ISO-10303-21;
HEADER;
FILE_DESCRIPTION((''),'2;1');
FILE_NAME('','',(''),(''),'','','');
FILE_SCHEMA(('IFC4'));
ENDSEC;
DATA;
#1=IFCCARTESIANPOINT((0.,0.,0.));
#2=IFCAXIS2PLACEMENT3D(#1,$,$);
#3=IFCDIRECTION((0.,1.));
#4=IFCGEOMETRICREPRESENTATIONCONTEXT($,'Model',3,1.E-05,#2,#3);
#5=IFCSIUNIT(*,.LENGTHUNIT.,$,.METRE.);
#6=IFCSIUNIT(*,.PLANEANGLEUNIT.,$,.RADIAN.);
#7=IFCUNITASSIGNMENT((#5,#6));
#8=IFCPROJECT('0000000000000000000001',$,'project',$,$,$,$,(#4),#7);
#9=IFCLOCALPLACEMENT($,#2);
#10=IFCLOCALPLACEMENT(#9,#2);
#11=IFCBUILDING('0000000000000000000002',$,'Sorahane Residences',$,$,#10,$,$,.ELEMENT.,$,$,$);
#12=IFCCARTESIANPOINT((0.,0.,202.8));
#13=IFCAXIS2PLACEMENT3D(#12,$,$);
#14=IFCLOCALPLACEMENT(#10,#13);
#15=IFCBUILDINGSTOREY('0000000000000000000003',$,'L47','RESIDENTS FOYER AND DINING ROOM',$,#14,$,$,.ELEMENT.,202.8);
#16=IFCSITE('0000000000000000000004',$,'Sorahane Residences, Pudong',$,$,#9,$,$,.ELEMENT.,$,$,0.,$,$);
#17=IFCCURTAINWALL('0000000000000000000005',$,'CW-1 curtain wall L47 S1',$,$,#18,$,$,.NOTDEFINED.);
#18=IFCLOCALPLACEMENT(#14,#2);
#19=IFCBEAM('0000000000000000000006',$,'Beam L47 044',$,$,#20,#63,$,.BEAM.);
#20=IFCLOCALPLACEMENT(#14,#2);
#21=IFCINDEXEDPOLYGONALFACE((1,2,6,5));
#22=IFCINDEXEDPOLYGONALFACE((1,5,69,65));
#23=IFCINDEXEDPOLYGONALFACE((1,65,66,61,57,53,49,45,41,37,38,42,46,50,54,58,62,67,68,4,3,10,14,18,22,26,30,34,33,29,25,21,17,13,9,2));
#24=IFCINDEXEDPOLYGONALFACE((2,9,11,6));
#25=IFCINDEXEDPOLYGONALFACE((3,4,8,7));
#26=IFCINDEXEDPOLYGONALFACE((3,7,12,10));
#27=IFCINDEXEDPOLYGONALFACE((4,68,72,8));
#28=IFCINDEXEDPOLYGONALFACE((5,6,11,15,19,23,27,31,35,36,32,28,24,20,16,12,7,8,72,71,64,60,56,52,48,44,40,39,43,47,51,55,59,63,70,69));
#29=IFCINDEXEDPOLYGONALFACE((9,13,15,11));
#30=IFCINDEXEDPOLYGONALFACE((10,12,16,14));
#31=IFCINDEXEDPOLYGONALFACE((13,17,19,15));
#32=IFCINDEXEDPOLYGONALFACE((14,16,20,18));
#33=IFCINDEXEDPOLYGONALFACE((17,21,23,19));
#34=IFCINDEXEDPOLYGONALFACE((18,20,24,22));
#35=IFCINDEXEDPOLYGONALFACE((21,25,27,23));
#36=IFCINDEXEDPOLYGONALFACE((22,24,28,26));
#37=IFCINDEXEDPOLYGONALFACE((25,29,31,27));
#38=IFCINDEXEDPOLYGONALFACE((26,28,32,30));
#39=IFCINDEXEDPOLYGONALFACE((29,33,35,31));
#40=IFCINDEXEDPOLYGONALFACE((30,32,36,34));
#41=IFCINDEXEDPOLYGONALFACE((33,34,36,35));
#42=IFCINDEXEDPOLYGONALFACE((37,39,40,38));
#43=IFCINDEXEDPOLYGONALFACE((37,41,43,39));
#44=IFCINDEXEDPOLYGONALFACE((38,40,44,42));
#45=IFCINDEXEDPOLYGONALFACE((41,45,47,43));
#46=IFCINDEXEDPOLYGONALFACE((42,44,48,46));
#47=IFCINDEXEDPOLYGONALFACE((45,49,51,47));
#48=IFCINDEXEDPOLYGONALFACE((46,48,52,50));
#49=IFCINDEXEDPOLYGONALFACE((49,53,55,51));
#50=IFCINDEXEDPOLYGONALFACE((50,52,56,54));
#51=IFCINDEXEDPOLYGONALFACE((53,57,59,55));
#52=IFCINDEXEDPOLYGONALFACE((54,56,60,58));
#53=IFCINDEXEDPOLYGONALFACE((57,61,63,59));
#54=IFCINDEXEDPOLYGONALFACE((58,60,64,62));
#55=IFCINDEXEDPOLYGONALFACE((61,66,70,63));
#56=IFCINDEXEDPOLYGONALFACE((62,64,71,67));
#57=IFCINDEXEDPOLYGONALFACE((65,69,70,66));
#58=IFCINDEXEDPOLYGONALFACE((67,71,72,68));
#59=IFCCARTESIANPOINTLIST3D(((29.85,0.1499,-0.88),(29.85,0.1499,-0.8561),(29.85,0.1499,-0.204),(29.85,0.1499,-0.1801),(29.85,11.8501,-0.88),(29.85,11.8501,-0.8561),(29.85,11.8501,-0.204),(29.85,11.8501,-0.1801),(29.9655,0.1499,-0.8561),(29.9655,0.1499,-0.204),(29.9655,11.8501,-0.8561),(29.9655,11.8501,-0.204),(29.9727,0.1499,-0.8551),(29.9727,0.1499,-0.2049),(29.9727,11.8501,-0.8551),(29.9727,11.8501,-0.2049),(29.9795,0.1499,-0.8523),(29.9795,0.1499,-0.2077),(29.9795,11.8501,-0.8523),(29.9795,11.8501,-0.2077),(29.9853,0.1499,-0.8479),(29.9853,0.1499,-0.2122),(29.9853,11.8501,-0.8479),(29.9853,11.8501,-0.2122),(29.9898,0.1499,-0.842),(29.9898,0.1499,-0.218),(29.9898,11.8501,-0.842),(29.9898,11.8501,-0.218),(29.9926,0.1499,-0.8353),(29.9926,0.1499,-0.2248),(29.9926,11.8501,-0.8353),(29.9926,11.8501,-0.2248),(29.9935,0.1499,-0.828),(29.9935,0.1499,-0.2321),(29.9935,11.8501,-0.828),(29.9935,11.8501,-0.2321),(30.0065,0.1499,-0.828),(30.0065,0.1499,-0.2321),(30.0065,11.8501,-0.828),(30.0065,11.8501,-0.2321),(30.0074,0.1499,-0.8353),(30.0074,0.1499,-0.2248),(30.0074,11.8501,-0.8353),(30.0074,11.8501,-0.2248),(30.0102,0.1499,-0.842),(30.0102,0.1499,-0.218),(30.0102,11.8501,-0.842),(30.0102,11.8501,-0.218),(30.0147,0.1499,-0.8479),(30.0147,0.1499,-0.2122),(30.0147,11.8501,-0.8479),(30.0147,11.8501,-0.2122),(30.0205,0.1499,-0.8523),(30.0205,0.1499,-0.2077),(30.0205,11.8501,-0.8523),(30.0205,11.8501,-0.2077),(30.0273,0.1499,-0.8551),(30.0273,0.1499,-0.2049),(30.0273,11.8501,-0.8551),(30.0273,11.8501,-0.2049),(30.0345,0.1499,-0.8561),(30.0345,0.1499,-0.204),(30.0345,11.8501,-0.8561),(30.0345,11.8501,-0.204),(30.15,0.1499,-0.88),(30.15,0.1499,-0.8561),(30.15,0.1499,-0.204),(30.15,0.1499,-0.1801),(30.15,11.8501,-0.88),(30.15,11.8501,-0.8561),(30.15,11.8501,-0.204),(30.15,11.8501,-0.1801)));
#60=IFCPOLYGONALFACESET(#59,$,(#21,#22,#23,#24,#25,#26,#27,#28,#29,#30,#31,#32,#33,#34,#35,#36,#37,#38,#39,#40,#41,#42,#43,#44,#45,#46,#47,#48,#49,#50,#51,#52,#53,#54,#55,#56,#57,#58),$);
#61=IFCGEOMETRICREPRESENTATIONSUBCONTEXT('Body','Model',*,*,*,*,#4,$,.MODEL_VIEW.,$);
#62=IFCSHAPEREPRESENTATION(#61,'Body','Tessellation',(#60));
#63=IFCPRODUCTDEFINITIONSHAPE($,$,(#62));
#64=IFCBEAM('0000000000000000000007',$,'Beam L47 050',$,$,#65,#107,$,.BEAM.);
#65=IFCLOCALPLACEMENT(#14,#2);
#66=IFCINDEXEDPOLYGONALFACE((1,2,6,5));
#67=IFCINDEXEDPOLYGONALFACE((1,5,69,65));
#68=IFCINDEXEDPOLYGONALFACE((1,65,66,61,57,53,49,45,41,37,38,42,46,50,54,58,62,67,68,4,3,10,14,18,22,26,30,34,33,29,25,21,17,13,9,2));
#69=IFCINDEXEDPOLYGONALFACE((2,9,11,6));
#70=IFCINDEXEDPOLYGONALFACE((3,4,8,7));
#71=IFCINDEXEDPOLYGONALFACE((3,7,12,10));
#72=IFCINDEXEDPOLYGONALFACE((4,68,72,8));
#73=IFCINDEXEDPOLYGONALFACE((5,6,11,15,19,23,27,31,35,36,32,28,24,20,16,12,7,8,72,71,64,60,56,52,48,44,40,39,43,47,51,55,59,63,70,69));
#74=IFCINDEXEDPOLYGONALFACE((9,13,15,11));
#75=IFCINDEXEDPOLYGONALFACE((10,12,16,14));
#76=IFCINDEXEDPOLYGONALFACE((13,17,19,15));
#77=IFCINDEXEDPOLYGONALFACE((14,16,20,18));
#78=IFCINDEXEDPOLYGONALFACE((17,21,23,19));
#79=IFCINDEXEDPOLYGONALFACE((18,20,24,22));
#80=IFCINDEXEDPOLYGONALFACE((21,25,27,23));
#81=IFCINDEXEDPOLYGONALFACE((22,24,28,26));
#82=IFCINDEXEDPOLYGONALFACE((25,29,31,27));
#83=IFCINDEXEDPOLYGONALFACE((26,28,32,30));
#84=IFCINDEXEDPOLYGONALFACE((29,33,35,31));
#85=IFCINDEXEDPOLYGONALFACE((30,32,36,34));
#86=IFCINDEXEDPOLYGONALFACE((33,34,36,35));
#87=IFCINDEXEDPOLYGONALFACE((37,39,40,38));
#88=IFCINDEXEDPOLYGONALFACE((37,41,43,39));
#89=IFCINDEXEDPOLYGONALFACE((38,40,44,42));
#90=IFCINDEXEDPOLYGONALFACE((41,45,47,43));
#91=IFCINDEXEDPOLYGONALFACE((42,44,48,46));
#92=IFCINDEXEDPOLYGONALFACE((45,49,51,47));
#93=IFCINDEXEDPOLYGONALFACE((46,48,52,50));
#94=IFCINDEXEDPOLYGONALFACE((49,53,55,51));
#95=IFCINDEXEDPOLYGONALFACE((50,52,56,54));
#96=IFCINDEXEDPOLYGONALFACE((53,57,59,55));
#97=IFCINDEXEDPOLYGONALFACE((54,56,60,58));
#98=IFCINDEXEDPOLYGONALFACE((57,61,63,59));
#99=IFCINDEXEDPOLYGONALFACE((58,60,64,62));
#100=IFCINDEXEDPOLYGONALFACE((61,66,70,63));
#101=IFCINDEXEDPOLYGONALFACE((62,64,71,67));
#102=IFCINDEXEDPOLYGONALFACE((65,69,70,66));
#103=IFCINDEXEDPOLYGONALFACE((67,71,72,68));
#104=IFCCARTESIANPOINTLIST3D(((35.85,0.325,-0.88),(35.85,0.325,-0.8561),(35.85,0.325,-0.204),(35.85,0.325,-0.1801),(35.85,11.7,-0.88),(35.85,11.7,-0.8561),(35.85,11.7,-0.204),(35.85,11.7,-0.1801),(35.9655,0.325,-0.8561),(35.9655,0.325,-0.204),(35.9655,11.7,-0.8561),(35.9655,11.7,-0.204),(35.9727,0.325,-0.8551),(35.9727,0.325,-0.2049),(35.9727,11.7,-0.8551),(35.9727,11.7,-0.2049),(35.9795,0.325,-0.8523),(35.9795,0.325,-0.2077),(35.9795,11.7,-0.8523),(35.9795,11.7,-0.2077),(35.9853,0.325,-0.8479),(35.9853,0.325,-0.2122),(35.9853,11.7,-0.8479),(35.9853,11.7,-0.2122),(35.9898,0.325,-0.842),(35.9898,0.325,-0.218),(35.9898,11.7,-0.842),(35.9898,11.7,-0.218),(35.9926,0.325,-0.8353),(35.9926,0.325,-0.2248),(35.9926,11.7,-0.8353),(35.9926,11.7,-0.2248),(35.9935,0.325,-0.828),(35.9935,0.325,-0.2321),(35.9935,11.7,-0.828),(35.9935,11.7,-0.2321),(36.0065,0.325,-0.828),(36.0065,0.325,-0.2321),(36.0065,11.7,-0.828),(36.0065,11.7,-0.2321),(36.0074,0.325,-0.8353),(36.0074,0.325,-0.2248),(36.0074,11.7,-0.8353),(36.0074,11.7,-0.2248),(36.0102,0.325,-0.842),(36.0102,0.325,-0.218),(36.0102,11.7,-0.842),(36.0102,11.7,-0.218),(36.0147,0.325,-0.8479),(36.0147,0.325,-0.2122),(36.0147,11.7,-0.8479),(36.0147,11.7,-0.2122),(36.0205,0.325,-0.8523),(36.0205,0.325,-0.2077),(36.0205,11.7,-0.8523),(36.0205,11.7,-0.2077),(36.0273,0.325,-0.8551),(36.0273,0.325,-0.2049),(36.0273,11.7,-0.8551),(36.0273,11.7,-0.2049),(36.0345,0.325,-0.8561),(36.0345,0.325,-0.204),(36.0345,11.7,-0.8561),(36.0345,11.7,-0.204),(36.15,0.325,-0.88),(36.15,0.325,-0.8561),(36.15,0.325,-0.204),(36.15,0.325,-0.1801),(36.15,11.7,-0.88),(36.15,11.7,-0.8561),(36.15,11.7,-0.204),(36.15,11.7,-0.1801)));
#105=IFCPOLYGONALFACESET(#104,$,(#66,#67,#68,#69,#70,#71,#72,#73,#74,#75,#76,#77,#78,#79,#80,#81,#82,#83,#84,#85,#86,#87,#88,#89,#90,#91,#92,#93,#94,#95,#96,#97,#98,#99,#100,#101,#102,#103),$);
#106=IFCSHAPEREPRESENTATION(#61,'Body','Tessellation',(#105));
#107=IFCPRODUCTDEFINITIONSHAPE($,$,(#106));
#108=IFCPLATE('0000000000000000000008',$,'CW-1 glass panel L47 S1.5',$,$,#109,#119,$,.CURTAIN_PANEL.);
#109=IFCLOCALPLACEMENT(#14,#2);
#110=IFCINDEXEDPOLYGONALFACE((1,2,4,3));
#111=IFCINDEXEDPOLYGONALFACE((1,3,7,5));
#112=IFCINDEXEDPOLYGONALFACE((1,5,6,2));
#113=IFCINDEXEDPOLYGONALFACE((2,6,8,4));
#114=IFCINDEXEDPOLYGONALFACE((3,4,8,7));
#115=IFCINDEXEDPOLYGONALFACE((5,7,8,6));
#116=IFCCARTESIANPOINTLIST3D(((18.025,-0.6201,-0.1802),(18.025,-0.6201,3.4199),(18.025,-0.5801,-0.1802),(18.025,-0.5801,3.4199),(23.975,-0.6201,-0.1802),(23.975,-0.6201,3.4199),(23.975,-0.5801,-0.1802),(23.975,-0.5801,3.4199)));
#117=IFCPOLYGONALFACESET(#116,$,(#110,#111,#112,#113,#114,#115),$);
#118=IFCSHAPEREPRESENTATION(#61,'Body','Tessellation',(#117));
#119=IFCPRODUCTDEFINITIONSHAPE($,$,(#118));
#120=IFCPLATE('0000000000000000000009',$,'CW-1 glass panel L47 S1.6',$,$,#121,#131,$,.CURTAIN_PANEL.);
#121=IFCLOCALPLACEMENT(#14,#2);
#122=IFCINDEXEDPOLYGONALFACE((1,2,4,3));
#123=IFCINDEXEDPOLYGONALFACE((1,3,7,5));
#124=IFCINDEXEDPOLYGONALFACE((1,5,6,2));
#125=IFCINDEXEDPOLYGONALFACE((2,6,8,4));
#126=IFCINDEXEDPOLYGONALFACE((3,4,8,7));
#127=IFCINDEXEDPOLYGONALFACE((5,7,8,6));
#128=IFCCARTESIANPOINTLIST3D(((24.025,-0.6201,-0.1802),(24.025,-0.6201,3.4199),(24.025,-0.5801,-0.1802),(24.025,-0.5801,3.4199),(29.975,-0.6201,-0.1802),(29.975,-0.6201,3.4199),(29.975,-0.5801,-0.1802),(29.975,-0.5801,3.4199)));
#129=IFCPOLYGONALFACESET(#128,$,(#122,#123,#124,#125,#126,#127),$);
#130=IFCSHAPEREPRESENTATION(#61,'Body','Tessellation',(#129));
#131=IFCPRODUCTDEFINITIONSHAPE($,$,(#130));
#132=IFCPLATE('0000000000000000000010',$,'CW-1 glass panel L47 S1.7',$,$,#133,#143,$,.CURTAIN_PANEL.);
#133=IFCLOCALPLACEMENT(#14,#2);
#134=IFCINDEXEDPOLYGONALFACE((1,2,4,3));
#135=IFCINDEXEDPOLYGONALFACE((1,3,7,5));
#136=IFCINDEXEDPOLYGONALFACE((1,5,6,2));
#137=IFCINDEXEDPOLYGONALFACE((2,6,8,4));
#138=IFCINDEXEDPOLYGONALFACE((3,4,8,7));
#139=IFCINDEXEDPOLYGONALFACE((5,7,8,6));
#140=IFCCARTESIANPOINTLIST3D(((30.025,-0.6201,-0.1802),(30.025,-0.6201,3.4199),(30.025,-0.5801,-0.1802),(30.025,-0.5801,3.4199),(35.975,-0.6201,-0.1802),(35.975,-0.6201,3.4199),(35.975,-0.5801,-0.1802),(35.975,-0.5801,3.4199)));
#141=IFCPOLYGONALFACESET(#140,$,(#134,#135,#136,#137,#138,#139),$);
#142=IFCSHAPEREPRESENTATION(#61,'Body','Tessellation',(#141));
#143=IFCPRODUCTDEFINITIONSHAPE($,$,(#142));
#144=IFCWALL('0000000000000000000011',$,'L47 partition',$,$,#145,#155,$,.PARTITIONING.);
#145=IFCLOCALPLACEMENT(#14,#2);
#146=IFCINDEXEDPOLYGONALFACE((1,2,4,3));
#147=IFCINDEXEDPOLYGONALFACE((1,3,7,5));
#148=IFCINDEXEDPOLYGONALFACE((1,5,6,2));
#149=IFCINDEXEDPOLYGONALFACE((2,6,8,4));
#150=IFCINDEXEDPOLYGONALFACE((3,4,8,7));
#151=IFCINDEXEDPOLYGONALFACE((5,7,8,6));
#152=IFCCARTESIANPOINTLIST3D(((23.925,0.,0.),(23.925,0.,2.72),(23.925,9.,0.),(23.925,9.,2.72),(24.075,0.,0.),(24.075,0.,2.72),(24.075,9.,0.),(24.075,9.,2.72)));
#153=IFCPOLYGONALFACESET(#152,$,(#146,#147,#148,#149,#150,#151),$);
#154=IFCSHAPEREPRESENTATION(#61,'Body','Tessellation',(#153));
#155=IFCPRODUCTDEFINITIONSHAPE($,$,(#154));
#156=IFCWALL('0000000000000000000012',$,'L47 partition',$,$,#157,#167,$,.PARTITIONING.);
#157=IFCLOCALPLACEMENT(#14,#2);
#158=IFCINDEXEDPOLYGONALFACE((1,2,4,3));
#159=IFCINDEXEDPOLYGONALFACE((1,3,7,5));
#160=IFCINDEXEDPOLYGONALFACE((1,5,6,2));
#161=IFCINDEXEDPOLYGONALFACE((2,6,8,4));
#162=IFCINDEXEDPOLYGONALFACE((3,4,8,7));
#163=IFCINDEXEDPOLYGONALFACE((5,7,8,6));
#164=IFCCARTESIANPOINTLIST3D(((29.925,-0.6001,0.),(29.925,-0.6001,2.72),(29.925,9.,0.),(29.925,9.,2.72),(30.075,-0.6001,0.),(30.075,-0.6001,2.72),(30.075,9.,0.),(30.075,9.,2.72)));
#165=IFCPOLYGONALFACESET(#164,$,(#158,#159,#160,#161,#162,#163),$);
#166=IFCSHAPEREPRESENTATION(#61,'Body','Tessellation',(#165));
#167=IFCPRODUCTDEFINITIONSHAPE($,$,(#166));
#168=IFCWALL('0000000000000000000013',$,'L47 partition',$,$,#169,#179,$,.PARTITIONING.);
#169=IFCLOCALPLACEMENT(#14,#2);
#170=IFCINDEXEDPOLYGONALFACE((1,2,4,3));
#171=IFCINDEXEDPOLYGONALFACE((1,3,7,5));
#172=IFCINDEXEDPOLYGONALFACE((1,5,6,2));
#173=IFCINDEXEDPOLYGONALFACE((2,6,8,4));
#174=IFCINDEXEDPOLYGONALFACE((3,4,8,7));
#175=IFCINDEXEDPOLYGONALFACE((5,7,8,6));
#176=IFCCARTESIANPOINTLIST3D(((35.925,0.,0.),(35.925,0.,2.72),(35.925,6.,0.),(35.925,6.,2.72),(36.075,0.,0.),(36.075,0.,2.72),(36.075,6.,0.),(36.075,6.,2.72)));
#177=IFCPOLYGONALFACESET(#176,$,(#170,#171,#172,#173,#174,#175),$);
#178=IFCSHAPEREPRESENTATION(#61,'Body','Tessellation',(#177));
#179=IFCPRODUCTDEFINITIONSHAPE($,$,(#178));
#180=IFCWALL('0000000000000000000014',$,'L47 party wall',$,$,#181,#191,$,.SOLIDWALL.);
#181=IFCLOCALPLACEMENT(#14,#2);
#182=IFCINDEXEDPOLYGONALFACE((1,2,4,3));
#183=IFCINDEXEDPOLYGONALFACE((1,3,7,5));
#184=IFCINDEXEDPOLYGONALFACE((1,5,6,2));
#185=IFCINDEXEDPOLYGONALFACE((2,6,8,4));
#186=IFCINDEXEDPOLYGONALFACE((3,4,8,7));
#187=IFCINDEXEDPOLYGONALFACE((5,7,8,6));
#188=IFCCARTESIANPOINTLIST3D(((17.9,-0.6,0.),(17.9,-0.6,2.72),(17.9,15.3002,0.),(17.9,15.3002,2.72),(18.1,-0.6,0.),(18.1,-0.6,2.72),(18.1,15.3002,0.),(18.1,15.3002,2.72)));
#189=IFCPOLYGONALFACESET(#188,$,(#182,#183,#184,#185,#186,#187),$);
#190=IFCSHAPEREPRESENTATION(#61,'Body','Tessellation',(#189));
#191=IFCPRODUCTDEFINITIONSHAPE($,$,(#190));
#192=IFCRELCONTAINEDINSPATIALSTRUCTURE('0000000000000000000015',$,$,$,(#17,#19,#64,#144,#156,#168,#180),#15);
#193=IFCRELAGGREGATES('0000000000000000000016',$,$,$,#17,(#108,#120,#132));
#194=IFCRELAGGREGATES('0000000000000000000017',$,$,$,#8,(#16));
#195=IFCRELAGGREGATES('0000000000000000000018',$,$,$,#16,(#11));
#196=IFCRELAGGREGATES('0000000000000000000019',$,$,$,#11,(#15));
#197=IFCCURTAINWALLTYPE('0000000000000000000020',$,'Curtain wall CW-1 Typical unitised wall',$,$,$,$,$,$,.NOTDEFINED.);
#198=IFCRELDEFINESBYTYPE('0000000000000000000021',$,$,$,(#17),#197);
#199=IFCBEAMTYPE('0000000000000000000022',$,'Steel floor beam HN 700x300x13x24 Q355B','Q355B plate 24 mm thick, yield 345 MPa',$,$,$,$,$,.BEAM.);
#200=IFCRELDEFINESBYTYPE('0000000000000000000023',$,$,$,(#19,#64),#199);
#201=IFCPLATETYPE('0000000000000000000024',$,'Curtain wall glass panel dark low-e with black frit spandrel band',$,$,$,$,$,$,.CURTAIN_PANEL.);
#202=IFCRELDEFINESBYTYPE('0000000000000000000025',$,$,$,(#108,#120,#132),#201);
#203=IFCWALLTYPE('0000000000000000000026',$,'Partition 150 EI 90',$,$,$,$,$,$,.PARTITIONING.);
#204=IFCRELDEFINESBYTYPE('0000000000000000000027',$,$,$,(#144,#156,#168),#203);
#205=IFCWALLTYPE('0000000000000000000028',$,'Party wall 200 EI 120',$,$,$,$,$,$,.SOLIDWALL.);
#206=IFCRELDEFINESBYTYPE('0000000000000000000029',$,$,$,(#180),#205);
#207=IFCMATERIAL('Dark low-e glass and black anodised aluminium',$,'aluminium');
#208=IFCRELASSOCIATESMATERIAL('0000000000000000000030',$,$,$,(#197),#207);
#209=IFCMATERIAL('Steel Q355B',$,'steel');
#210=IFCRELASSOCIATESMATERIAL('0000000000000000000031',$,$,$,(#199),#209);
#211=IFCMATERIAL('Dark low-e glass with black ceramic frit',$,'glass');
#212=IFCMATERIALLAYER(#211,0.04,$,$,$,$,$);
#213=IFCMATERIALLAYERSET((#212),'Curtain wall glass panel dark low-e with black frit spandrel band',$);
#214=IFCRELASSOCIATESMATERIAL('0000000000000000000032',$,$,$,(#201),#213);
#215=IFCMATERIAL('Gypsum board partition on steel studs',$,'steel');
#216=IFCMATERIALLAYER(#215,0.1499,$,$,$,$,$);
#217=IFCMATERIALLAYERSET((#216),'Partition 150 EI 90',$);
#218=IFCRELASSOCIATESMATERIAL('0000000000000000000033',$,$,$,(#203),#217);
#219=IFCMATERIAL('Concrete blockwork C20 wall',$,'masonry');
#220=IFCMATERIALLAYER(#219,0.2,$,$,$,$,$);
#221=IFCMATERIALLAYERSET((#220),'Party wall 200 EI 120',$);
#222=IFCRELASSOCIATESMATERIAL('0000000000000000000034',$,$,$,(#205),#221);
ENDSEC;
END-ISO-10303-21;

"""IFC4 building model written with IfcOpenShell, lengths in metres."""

from ifc_helpers import new_model, si_unit, direction, frame, frame_2d, origin, origin_2d, place, context, subcontext, project, spatial, rectangle, i_section, extrude, material, layer, layer_set, material_profile, profile_set, type_object, element, aggregate, save


model = new_model("IFC4")

# Units and contexts
model_context = context("Model", 3, precision=1e-05, world=origin(), true_north=direction((0.0, 1.0)))
body_context = subcontext(model_context, "Body", "Model", "MODEL_VIEW")
ifc_project = project(units=[si_unit("LENGTHUNIT", "METRE"), si_unit("PLANEANGLEUNIT", "RADIAN")], contexts=[model_context])

# Site, building, storey
site_placement = place(None, origin())
site = spatial("IfcSite", under=ifc_project, at=site_placement, Name="Sorahane Residences, Pudong", CompositionType="ELEMENT", RefElevation=0.0)
building_placement = place(site_placement, origin())
building = spatial("IfcBuilding", under=site, at=building_placement, Name="Sorahane Residences", CompositionType="ELEMENT")
storey_placement = place(building_placement, frame((0.0, 0.0, 202.8)))
storey = spatial("IfcBuildingStorey", under=building, at=storey_placement, Name="L47", Description="RESIDENTS FOYER AND DINING ROOM", CompositionType="ELEMENT", Elevation=202.8)

# Curtain wall
ifc_material_1 = material(Name="Dark low-e glass and black anodised aluminium", Category="aluminium")
curtain_wall_type = type_object("IfcCurtainWallType", Name="Curtain wall CW-1 Typical unitised wall", PredefinedType="NOTDEFINED", material=ifc_material_1)
curtain_wall_placement = place(storey_placement, origin())
curtain_wall = element("IfcCurtainWall", 1, at=curtain_wall_placement, inside=storey, type_object=curtain_wall_type, Name="CW-1 curtain wall L47 S1", PredefinedType="NOTDEFINED")

# Beams
ifc_material_2 = material(Name="Steel Q355B", Category="steel")
ifc_material_profile_1 = material_profile(ifc_material_2, i_section(OverallWidth=0.3, OverallDepth=0.7, WebThickness=0.0129, FlangeThickness=0.0239, FilletRadius=0.0281, at=origin_2d()), Name="HN 700x300x13x24")
ifc_profile_set_1 = profile_set([ifc_material_profile_1], Name="Steel Q355B")
beam_type_1 = type_object("IfcBeamType", Name="Steel floor beam HN 700x300x13x24 Q355B", Description="Q355B plate 24 mm thick, yield 345 MPa", PredefinedType="BEAM", material=ifc_profile_set_1)
beam_1_placement = place(storey_placement, frame((30.0, 0.1499, -0.53), z_axis=(0.0, 1.0, 0.0), x_axis=(-1.0, 0.0, 0.0)))
element("IfcBeam", 2, at=beam_1_placement, inside=storey, type_object=beam_type_1, Name="Beam L47 044", PredefinedType="BEAM", context=body_context, shape_type="SweptSolid", body=[
    extrude(i_section(OverallWidth=0.3, OverallDepth=0.7, WebThickness=0.0129, FlangeThickness=0.0239, FilletRadius=0.0281, at=origin_2d()), origin(), (0.0, 0.0, 1.0), 11.7002),
])
beam_2_placement = place(storey_placement, frame((36.0, 0.325, -0.53), z_axis=(0.0, 1.0, 0.0), x_axis=(-1.0, 0.0, 0.0)))
element("IfcBeam", 3, at=beam_2_placement, inside=storey, type_object=beam_type_1, Name="Beam L47 050", PredefinedType="BEAM", context=body_context, shape_type="SweptSolid", body=[
    extrude(i_section(OverallWidth=0.3, OverallDepth=0.7, WebThickness=0.0129, FlangeThickness=0.0239, FilletRadius=0.0281, at=origin_2d()), origin(), (0.0, 0.0, 1.0), 11.375),
])

# Plates
ifc_material_3 = material(Name="Dark low-e glass with black ceramic frit", Category="glass")
ifc_layer_1 = layer(ifc_material_3, 0.04)
ifc_layer_set_1 = layer_set([ifc_layer_1], Name="Curtain wall glass panel dark low-e with black frit spandrel band")
plate_type = type_object("IfcPlateType", Name="Curtain wall glass panel dark low-e with black frit spandrel band", PredefinedType="CURTAIN_PANEL", material=ifc_layer_set_1)
plate_1_placement = place(storey_placement, frame((21.0, -0.6001, -0.1802), z_axis=(0.0, 0.0, 1.0), x_axis=(1.0, 0.0, 0.0)))
plate_1 = element("IfcPlate", 4, at=plate_1_placement, type_object=plate_type, Name="CW-1 glass panel L47 S1.5", PredefinedType="CURTAIN_PANEL", context=body_context, shape_type="SweptSolid", body=[
    extrude(rectangle(XDim=5.95, YDim=0.04, at=origin_2d()), origin(), (0.0, 0.0, 1.0), 3.6001),
])
plate_2_placement = place(storey_placement, frame((27.0, -0.6001, -0.1802), z_axis=(0.0, 0.0, 1.0), x_axis=(1.0, 0.0, 0.0)))
plate_2 = element("IfcPlate", 5, at=plate_2_placement, type_object=plate_type, Name="CW-1 glass panel L47 S1.6", PredefinedType="CURTAIN_PANEL", context=body_context, shape_type="SweptSolid", body=[
    extrude(rectangle(XDim=5.95, YDim=0.04, at=origin_2d()), origin(), (0.0, 0.0, 1.0), 3.6001),
])
plate_3_placement = place(storey_placement, frame((33.0, -0.6001, -0.1802), z_axis=(0.0, 0.0, 1.0), x_axis=(1.0, 0.0, 0.0)))
plate_3 = element("IfcPlate", 6, at=plate_3_placement, type_object=plate_type, Name="CW-1 glass panel L47 S1.7", PredefinedType="CURTAIN_PANEL", context=body_context, shape_type="SweptSolid", body=[
    extrude(rectangle(XDim=5.95, YDim=0.04, at=origin_2d()), origin(), (0.0, 0.0, 1.0), 3.6001),
])
aggregate(curtain_wall, [plate_1, plate_2, plate_3])

# Walls
ifc_material_4 = material(Name="Gypsum board partition on steel studs", Category="steel")
ifc_layer_2 = layer(ifc_material_4, 0.1499)
ifc_layer_set_2 = layer_set([ifc_layer_2], Name="Partition 150 EI 90")
wall_type_1 = type_object("IfcWallType", Name="Partition 150 EI 90", PredefinedType="PARTITIONING", material=ifc_layer_set_2)
wall_1_placement = place(storey_placement, frame((24.0, 0.0, 0.0), z_axis=(0.0, 0.0, 1.0), x_axis=(0.0, 1.0, 0.0)))
element("IfcWall", 7, at=wall_1_placement, inside=storey, type_object=wall_type_1, Name="L47 partition", PredefinedType="PARTITIONING", context=body_context, shape_type="SweptSolid", body=[
    extrude(rectangle(XDim=9.0, YDim=0.1499, at=frame_2d((4.5, 0.0))), origin(), (0.0, 0.0, 1.0), 2.72),
])
wall_2_placement = place(storey_placement, frame((30.0, -0.6001, 0.0), z_axis=(0.0, 0.0, 1.0), x_axis=(0.0, 1.0, 0.0)))
element("IfcWall", 8, at=wall_2_placement, inside=storey, type_object=wall_type_1, Name="L47 partition", PredefinedType="PARTITIONING", context=body_context, shape_type="SweptSolid", body=[
    extrude(rectangle(XDim=9.6001, YDim=0.1499, at=frame_2d((4.8, 0.0))), origin(), (0.0, 0.0, 1.0), 2.72),
])
wall_3_placement = place(storey_placement, frame((36.0, 0.0, 0.0), z_axis=(0.0, 0.0, 1.0), x_axis=(0.0, 1.0, 0.0)))
element("IfcWall", 9, at=wall_3_placement, inside=storey, type_object=wall_type_1, Name="L47 partition", PredefinedType="PARTITIONING", context=body_context, shape_type="SweptSolid", body=[
    extrude(rectangle(XDim=6.0, YDim=0.1499, at=frame_2d((3.0, 0.0))), origin(), (0.0, 0.0, 1.0), 2.72),
])

# Wall
ifc_material_5 = material(Name="Concrete blockwork C20 wall", Category="masonry")
ifc_layer_3 = layer(ifc_material_5, 0.2)
ifc_layer_set_3 = layer_set([ifc_layer_3], Name="Party wall 200 EI 120")
wall_type_2 = type_object("IfcWallType", Name="Party wall 200 EI 120", PredefinedType="SOLIDWALL", material=ifc_layer_set_3)
wall_4_placement = place(storey_placement, frame((18.0, -0.6001, 0.0), z_axis=(0.0, 0.0, 1.0), x_axis=(0.0, 1.0, 0.0)))
element("IfcWall", 10, at=wall_4_placement, inside=storey, type_object=wall_type_2, Name="L47 party wall", PredefinedType="SOLIDWALL", context=body_context, shape_type="SweptSolid", body=[
    extrude(rectangle(XDim=15.9001, YDim=0.2, at=frame_2d((7.9502, 0.0))), origin(), (0.0, 0.0, 1.0), 2.72),
])

save(model, "model.ifc")
